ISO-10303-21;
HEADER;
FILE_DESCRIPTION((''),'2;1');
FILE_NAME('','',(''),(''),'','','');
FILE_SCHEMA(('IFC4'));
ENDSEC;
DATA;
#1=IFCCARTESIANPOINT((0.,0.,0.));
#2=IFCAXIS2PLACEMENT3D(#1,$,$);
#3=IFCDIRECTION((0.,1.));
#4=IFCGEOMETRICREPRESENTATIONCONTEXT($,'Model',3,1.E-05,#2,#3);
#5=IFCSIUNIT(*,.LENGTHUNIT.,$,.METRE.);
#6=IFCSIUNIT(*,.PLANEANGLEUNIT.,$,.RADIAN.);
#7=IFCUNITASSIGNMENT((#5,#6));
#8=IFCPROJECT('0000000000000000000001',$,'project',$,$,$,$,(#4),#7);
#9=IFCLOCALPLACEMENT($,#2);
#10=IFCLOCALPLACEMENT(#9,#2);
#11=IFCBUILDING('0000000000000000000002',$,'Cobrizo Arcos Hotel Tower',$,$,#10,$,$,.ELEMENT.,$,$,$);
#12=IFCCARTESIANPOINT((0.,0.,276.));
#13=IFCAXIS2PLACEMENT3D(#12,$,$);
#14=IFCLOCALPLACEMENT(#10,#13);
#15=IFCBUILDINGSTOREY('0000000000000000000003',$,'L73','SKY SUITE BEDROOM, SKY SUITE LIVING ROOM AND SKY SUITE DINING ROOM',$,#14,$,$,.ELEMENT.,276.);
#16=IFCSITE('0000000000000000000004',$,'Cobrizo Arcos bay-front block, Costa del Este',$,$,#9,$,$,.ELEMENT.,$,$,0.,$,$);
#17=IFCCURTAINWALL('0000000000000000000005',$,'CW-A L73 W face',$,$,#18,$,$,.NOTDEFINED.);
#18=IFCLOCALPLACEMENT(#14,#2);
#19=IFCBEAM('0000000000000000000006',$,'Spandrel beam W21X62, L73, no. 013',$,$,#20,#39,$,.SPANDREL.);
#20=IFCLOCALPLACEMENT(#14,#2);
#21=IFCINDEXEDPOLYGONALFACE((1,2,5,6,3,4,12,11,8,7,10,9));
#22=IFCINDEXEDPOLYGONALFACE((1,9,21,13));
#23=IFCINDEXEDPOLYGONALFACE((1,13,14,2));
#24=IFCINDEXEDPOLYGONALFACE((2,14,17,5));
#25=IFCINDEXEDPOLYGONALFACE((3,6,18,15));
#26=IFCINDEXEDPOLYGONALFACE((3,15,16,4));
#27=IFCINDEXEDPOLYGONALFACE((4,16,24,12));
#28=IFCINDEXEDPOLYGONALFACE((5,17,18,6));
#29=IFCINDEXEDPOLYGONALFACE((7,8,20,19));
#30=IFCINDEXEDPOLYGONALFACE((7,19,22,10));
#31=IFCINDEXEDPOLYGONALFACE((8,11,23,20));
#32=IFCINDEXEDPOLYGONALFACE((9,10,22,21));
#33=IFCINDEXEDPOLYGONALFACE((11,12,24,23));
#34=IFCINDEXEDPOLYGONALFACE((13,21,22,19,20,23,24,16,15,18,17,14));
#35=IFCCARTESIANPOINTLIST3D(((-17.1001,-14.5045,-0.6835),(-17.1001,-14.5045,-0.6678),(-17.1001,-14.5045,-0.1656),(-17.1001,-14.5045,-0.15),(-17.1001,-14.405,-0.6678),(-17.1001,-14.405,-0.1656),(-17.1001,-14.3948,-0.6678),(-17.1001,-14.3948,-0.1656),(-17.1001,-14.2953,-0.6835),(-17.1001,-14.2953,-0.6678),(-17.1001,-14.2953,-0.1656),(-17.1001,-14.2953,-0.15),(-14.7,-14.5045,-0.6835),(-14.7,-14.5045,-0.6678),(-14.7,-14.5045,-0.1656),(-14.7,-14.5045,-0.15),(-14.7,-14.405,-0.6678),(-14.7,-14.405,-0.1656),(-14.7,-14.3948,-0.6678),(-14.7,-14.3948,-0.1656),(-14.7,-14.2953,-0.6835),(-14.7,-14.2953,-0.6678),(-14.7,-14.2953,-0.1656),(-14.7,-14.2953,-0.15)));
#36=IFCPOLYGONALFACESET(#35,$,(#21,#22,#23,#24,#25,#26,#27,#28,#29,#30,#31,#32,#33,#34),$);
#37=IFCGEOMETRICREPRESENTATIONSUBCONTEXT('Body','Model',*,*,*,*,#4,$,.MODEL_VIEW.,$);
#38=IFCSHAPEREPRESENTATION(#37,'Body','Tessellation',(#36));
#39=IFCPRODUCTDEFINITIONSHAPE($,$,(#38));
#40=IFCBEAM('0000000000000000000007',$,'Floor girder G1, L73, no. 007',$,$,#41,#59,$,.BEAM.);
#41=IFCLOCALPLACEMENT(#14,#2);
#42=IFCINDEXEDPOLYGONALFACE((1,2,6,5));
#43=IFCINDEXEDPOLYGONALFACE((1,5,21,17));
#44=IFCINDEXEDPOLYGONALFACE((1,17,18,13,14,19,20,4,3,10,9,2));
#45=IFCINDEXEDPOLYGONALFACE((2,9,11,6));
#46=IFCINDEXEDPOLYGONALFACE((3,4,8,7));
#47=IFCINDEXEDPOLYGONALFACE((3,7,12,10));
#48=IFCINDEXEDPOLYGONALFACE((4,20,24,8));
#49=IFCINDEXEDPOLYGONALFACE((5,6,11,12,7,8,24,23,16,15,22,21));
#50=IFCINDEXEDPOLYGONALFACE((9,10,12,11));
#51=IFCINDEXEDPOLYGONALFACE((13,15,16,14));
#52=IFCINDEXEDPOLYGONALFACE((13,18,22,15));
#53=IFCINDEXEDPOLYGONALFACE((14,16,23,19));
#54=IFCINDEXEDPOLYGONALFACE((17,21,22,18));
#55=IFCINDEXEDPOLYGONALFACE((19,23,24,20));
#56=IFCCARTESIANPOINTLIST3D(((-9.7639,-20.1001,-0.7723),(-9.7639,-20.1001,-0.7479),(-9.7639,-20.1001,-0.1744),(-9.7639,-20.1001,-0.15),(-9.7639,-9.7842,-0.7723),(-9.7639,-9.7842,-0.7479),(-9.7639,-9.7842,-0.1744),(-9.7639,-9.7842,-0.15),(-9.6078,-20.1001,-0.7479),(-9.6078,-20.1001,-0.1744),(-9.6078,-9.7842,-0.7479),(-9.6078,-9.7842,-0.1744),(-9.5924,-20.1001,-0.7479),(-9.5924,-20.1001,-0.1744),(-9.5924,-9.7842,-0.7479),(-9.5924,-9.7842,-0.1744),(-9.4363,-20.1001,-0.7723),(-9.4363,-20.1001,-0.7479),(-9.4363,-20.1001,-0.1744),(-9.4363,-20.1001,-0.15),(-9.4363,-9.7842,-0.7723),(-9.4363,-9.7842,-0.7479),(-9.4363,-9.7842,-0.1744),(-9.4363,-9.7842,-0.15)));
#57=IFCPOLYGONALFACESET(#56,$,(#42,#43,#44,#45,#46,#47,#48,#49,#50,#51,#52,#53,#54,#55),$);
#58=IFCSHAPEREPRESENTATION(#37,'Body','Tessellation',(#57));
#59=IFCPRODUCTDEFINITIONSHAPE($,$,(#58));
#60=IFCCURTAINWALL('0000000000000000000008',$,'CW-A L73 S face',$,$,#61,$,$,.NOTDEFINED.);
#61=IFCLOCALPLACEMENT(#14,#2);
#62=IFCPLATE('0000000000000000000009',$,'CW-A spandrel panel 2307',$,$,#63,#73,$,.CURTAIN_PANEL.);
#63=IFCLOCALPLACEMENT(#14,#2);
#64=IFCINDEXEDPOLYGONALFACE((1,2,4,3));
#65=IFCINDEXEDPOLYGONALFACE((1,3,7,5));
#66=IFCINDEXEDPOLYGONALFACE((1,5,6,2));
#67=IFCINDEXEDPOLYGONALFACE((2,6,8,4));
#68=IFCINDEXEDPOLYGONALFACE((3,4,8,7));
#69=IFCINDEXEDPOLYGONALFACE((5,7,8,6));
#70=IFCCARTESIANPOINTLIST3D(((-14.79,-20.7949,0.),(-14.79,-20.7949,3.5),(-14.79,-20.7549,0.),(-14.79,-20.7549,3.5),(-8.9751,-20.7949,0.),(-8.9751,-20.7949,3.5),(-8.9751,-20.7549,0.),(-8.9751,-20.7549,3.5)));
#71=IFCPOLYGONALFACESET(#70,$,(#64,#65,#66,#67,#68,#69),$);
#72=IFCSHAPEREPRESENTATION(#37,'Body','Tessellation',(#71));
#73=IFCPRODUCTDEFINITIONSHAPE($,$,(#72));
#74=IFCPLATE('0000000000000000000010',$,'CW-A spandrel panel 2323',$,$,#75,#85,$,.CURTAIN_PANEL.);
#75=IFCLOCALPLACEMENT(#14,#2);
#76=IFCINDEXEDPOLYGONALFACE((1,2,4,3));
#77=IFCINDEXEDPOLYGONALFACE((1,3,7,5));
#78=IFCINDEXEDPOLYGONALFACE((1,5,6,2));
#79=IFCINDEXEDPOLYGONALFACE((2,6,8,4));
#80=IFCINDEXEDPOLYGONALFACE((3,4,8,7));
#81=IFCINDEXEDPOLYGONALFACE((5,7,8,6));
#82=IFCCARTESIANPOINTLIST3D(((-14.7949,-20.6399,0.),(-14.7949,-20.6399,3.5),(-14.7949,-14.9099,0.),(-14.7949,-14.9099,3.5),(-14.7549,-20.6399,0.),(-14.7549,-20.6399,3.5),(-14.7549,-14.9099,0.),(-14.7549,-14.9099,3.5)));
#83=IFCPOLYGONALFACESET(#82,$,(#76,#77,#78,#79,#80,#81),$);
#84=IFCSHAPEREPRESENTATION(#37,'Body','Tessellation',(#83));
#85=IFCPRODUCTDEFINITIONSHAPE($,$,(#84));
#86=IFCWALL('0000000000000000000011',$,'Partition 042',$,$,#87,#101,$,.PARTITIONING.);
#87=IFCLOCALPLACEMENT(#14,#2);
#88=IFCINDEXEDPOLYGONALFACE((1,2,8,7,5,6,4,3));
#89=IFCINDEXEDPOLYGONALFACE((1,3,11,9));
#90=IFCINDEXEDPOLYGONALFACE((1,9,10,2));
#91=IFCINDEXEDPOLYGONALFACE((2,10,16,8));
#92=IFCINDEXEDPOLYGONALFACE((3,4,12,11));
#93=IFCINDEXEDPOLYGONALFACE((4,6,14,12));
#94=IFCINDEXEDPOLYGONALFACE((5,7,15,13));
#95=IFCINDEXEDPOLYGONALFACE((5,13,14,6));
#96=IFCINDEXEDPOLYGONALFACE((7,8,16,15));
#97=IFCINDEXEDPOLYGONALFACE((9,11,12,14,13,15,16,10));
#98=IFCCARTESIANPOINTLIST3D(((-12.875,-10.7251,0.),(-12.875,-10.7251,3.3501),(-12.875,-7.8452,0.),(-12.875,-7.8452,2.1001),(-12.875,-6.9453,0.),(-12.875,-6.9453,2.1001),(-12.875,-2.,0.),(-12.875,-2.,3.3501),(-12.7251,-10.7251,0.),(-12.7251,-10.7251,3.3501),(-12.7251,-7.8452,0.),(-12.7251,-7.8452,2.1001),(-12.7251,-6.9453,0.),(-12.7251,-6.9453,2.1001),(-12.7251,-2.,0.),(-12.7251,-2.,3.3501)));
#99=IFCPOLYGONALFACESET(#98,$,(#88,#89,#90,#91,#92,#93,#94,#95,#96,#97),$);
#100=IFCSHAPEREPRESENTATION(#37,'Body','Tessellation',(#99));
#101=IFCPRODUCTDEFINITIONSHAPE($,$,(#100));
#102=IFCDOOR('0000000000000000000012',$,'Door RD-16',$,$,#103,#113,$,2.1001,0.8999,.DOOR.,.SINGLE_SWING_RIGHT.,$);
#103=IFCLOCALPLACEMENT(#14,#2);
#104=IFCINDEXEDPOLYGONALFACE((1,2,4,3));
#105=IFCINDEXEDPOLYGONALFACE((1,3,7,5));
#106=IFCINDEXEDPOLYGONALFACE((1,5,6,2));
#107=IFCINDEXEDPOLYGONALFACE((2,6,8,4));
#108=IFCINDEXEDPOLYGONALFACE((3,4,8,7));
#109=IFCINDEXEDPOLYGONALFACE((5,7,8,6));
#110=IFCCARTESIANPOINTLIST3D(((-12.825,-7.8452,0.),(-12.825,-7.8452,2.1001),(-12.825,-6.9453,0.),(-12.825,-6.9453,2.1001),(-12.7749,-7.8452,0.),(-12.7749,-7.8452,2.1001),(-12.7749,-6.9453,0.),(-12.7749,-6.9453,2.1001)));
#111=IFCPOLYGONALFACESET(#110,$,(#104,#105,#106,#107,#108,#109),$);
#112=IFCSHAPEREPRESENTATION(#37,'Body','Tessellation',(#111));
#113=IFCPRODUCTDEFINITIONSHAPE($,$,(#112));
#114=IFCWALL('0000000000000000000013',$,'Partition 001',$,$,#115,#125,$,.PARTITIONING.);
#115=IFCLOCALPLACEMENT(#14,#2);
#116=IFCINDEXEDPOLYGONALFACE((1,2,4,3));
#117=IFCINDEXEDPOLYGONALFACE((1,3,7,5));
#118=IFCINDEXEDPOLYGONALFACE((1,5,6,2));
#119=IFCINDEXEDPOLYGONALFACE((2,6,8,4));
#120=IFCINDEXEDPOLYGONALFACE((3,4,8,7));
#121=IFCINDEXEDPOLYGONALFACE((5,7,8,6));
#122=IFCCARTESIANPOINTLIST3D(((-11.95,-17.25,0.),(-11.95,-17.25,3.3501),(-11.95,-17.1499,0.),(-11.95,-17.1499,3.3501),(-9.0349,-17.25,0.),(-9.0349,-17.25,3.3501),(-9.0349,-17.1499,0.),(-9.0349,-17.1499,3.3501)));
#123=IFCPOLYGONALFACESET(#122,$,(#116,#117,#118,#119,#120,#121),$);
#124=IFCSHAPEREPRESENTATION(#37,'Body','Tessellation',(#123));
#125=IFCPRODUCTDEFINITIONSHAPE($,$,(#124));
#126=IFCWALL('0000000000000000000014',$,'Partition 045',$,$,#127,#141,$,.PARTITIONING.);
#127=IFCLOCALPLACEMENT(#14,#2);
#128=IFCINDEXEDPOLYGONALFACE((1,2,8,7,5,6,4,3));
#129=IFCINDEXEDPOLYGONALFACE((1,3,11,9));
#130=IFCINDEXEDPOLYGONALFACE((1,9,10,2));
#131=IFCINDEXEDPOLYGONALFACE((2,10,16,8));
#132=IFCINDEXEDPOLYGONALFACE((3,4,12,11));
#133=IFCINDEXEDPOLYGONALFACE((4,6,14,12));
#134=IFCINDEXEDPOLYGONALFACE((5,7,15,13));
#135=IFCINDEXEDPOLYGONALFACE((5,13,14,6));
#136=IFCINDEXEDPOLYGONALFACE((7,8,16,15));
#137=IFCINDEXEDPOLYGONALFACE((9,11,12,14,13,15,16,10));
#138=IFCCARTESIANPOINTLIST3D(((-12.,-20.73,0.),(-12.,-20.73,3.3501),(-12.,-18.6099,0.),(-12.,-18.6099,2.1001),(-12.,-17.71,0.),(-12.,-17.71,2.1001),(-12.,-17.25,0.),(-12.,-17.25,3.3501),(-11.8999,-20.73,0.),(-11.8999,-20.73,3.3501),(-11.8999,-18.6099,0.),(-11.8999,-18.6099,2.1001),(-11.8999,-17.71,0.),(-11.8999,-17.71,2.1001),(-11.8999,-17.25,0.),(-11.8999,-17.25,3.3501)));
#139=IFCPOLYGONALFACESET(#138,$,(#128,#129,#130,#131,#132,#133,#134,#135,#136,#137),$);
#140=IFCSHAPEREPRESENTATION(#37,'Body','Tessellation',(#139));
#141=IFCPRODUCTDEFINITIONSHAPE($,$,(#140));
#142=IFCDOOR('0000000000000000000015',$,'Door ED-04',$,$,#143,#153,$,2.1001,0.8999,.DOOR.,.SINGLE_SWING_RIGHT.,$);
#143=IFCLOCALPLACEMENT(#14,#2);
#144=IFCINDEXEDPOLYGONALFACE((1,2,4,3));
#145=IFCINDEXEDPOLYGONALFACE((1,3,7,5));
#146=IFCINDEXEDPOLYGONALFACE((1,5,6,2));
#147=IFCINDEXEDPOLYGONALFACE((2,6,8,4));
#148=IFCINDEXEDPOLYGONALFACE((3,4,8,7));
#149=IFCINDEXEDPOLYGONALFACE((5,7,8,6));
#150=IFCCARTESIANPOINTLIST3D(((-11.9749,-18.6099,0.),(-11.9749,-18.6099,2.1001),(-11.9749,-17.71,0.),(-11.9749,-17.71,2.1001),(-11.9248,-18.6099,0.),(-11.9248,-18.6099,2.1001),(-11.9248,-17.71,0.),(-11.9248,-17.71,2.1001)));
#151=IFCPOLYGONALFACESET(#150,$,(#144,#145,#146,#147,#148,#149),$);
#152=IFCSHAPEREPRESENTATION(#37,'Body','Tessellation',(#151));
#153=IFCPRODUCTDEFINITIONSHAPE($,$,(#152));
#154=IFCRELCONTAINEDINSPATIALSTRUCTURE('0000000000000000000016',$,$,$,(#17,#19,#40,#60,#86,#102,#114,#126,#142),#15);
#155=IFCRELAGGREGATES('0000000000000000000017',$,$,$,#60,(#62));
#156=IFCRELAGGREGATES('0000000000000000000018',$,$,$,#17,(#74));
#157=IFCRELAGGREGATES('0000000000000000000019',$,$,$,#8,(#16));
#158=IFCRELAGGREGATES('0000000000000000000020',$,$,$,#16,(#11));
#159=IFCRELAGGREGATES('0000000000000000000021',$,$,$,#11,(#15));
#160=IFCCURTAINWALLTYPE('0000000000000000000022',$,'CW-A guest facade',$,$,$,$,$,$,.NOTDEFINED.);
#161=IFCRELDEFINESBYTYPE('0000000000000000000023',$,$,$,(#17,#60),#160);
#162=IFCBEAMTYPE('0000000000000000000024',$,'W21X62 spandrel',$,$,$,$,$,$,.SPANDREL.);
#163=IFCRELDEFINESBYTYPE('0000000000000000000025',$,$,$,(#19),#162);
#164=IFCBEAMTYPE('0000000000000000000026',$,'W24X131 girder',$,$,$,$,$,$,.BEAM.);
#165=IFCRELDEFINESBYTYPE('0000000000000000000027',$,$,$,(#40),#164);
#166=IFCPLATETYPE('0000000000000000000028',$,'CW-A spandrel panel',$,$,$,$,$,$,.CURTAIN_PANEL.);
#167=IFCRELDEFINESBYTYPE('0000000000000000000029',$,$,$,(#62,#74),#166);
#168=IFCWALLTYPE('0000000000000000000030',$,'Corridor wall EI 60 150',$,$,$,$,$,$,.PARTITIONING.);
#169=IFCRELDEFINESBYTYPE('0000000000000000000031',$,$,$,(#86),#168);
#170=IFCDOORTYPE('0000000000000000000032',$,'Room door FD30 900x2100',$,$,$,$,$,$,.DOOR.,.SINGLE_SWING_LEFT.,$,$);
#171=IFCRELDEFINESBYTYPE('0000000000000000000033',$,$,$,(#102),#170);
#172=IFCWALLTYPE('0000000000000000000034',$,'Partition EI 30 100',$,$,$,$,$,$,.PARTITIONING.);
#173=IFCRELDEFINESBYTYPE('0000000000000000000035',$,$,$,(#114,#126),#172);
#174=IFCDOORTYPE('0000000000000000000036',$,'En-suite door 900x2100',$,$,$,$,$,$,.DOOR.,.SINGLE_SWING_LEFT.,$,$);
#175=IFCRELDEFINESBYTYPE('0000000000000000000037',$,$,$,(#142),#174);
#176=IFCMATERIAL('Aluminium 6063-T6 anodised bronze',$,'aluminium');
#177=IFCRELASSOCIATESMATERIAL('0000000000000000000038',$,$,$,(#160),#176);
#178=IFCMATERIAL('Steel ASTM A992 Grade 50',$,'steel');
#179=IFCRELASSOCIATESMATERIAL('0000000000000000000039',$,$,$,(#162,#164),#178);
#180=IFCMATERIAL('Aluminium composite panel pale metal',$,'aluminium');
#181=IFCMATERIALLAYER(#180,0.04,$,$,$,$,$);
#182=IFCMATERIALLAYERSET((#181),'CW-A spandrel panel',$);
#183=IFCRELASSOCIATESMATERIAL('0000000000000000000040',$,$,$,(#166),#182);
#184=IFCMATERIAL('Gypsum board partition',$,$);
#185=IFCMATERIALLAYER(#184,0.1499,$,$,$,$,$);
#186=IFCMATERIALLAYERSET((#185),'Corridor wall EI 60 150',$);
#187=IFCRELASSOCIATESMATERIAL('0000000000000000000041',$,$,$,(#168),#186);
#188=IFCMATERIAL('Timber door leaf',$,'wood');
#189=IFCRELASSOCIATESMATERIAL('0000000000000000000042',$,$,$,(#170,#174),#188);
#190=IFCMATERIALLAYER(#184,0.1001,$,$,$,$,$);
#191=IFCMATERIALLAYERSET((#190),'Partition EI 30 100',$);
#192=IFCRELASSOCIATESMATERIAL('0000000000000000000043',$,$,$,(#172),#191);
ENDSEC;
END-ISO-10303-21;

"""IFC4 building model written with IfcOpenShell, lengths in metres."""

from ifc_helpers import new_model, si_unit, direction, frame, frame_2d, origin, origin_2d, place, context, subcontext, project, spatial, rectangle, i_section, extrude, material, layer, layer_set, material_profile, profile_set, type_object, element, fill, aggregate, save


model = new_model("IFC4")

# Units and contexts
model_context = context("Model", 3, precision=1e-05, world=origin(), true_north=direction((0.0, 1.0)))
body_context = subcontext(model_context, "Body", "Model", "MODEL_VIEW")
ifc_project = project(units=[si_unit("LENGTHUNIT", "METRE"), si_unit("PLANEANGLEUNIT", "RADIAN")], contexts=[model_context])

# Site, building, storey
site_placement = place(None, origin())
site = spatial("IfcSite", under=ifc_project, at=site_placement, Name="Cobrizo Arcos bay-front block, Costa del Este", CompositionType="ELEMENT", RefElevation=0.0)
building_placement = place(site_placement, origin())
building = spatial("IfcBuilding", under=site, at=building_placement, Name="Cobrizo Arcos Hotel Tower", CompositionType="ELEMENT")
storey_placement = place(building_placement, frame((0.0, 0.0, 276.0)))
storey = spatial("IfcBuildingStorey", under=building, at=storey_placement, Name="L73", Description="SKY SUITE BEDROOM, SKY SUITE LIVING ROOM AND SKY SUITE DINING ROOM", CompositionType="ELEMENT", Elevation=276.0)

# Shared definitions
ifc_material_1 = material(Name="Aluminium 6063-T6 anodised bronze", Category="aluminium")
curtain_wall_type = type_object("IfcCurtainWallType", Name="CW-A guest facade", PredefinedType="NOTDEFINED", material=ifc_material_1)

# Curtain wall
curtain_wall_1_placement = place(storey_placement, origin())
curtain_wall_1 = element("IfcCurtainWall", 1, at=curtain_wall_1_placement, inside=storey, type_object=curtain_wall_type, Name="CW-A L73 W face", PredefinedType="NOTDEFINED")

# Beams
ifc_material_2 = material(Name="Steel ASTM A992 Grade 50", Category="steel")
ifc_material_profile_1 = material_profile(ifc_material_2, i_section(OverallWidth=0.2092, OverallDepth=0.5334, WebThickness=0.0103, FlangeThickness=0.0156, at=origin_2d()), Name="W21X62")
ifc_profile_set_1 = profile_set([ifc_material_profile_1], Name="Steel ASTM A992 Grade 50")
beam_type_1 = type_object("IfcBeamType", Name="W21X62 spandrel", PredefinedType="SPANDREL", material=ifc_profile_set_1)
for number, where, z_axis, x_axis, name in (
    (2, (-14.7, -14.3999, -0.4167), (-1.0, 0.0, 0.0), (0.0, -1.0, 0.0), "Spandrel beam W21X62, L73, no. 013"),
):
    element("IfcBeam", number, at=place(storey_placement, frame(where, z_axis=z_axis, x_axis=x_axis)), inside=storey, type_object=beam_type_1, Name=name, PredefinedType="SPANDREL", context=body_context, shape_type="SweptSolid", body=[
        extrude(i_section(OverallWidth=0.2092, OverallDepth=0.5334, WebThickness=0.0103, FlangeThickness=0.0156, at=origin_2d()), origin(), (0.0, 0.0, 1.0), 2.4001),
    ])
ifc_material_profile_2 = material_profile(ifc_material_2, i_section(OverallWidth=0.3276, OverallDepth=0.6223, WebThickness=0.0154, FlangeThickness=0.0244, at=origin_2d()), Name="W24X131")
ifc_profile_set_2 = profile_set([ifc_material_profile_2], Name="Steel ASTM A992 Grade 50")
beam_type_2 = type_object("IfcBeamType", Name="W24X131 girder", PredefinedType="BEAM", material=ifc_profile_set_2)
beam_1_placement = place(storey_placement, frame((-9.6001, -20.1001, -0.4612), z_axis=(0.0, 1.0, 0.0), x_axis=(-1.0, 0.0, 0.0)))
element("IfcBeam", 3, at=beam_1_placement, inside=storey, type_object=beam_type_2, Name="Floor girder G1, L73, no. 007", PredefinedType="BEAM", context=body_context, shape_type="SweptSolid", body=[
    extrude(i_section(OverallWidth=0.3276, OverallDepth=0.6223, WebThickness=0.0154, FlangeThickness=0.0244, at=origin_2d()), origin(), (0.0, 0.0, 1.0), 10.3159),
])

# Curtain wall, plate
curtain_wall_2_placement = place(storey_placement, origin())
curtain_wall_2 = element("IfcCurtainWall", 4, at=curtain_wall_2_placement, inside=storey, type_object=curtain_wall_type, Name="CW-A L73 S face", PredefinedType="NOTDEFINED")
ifc_material_3 = material(Name="Aluminium composite panel pale metal", Category="aluminium")
ifc_layer_1 = layer(ifc_material_3, 0.04)
ifc_layer_set_1 = layer_set([ifc_layer_1], Name="CW-A spandrel panel")
plate_type = type_object("IfcPlateType", Name="CW-A spandrel panel", PredefinedType="CURTAIN_PANEL", material=ifc_layer_set_1)
plate_1_placement = place(storey_placement, frame((-11.8826, -20.7749, 0.0), z_axis=(0.0, 0.0, 1.0), x_axis=(1.0, 0.0, 0.0)))
plate_1 = element("IfcPlate", 5, at=plate_1_placement, type_object=plate_type, Name="CW-A spandrel panel 2307", PredefinedType="CURTAIN_PANEL", context=body_context, shape_type="SweptSolid", body=[
    extrude(rectangle(XDim=5.8149, YDim=0.04, at=origin_2d()), origin(), (0.0, 0.0, 1.0), 3.5),
])
aggregate(curtain_wall_2, [plate_1])

# Plate
plate_2_placement = place(storey_placement, frame((-14.7749, -17.7749, 0.0), z_axis=(0.0, 0.0, 1.0), x_axis=(0.0, -1.0, 0.0)))
plate_2 = element("IfcPlate", 6, at=plate_2_placement, type_object=plate_type, Name="CW-A spandrel panel 2323", PredefinedType="CURTAIN_PANEL", context=body_context, shape_type="SweptSolid", body=[
    extrude(rectangle(XDim=5.73, YDim=0.04, at=origin_2d()), origin(), (0.0, 0.0, 1.0), 3.5),
])
aggregate(curtain_wall_1, [plate_2])

# Wall, opening, door
ifc_material_4 = material(Name="Gypsum board partition")
ifc_layer_2 = layer(ifc_material_4, 0.1499)
ifc_layer_set_2 = layer_set([ifc_layer_2], Name="Corridor wall EI 60 150")
wall_type_1 = type_object("IfcWallType", Name="Corridor wall EI 60 150", PredefinedType="PARTITIONING", material=ifc_layer_set_2)
wall_1_placement = place(storey_placement, frame((-12.8, -10.7251, 0.0), z_axis=(0.0, 0.0, 1.0), x_axis=(0.0, 1.0, 0.0)))
wall_1 = element("IfcWall", 7, at=wall_1_placement, inside=storey, type_object=wall_type_1, Name="Partition 042", PredefinedType="PARTITIONING", context=body_context, shape_type="SweptSolid", body=[
    extrude(rectangle(XDim=8.7251, YDim=0.1499, at=frame_2d((4.3625, 0.0))), origin(), (0.0, 0.0, 1.0), 3.3501),
])
opening_1_placement = place(wall_1_placement, frame((2.8799, 0.0, 0.0)))
opening_1 = element("IfcOpeningElement", 8, at=opening_1_placement, cuts=wall_1, PredefinedType="OPENING", context=body_context, shape_type="SweptSolid", body=[
    extrude(rectangle(XDim=0.8999, YDim=2.1001, at=frame_2d((0.45, 1.05))), frame((0.0, 0.0869, 0.0), z_axis=(0.0, -1.0, 0.0), x_axis=(1.0, 0.0, 0.0)), (0.0, 0.0, 1.0), 0.1738),
])
ifc_material_5 = material(Name="Timber door leaf", Category="wood")
door_type_1 = type_object("IfcDoorType", Name="Room door FD30 900x2100", OperationType="SINGLE_SWING_LEFT", PredefinedType="DOOR", material=ifc_material_5)
door_1_placement = place(opening_1_placement, origin())
door_1 = element("IfcDoor", 9, at=door_1_placement, inside=storey, type_object=door_type_1, Name="Door RD-16", OperationType="SINGLE_SWING_RIGHT", OverallHeight=2.1001, OverallWidth=0.8999, PredefinedType="DOOR", context=body_context, shape_type="SweptSolid", body=[
    extrude(rectangle(XDim=0.8999, YDim=2.1001, at=frame_2d((0.45, 1.05))), frame((0.0, 0.0249, 0.0), z_axis=(0.0, -1.0, 0.0), x_axis=(1.0, 0.0, 0.0)), (0.0, 0.0, 1.0), 0.05),
])
fill(opening_1, door_1)

# Wall
ifc_layer_3 = layer(ifc_material_4, 0.1001)
ifc_layer_set_3 = layer_set([ifc_layer_3], Name="Partition EI 30 100")
wall_type_2 = type_object("IfcWallType", Name="Partition EI 30 100", PredefinedType="PARTITIONING", material=ifc_layer_set_3)
wall_2_placement = place(storey_placement, frame((-11.95, -17.2, 0.0), z_axis=(0.0, 0.0, 1.0), x_axis=(1.0, 0.0, 0.0)))
element("IfcWall", 10, at=wall_2_placement, inside=storey, type_object=wall_type_2, Name="Partition 001", PredefinedType="PARTITIONING", context=body_context, shape_type="SweptSolid", body=[
    extrude(rectangle(XDim=2.915, YDim=0.1001, at=frame_2d((1.4575, 0.0))), origin(), (0.0, 0.0, 1.0), 3.3501),
])

# Wall, opening, door
wall_3_placement = place(storey_placement, frame((-11.95, -20.73, 0.0), z_axis=(0.0, 0.0, 1.0), x_axis=(0.0, 1.0, 0.0)))
wall_3 = element("IfcWall", 11, at=wall_3_placement, inside=storey, type_object=wall_type_2, Name="Partition 045", PredefinedType="PARTITIONING", context=body_context, shape_type="SweptSolid", body=[
    extrude(rectangle(XDim=3.48, YDim=0.1001, at=frame_2d((1.74, 0.0))), origin(), (0.0, 0.0, 1.0), 3.3501),
])
opening_2_placement = place(wall_3_placement, frame((2.1201, 0.0, 0.0)))
opening_2 = element("IfcOpeningElement", 12, at=opening_2_placement, cuts=wall_3, PredefinedType="OPENING", context=body_context, shape_type="SweptSolid", body=[
    extrude(rectangle(XDim=0.8999, YDim=2.1001, at=frame_2d((0.45, 1.05))), frame((0.0, 0.062, 0.0), z_axis=(0.0, -1.0, 0.0), x_axis=(1.0, 0.0, 0.0)), (0.0, 0.0, 1.0), 0.124),
])
door_type_2 = type_object("IfcDoorType", Name="En-suite door 900x2100", OperationType="SINGLE_SWING_LEFT", PredefinedType="DOOR", material=ifc_material_5)
door_2_placement = place(opening_2_placement, origin())
door_2 = element("IfcDoor", 13, at=door_2_placement, inside=storey, type_object=door_type_2, Name="Door ED-04", OperationType="SINGLE_SWING_RIGHT", OverallHeight=2.1001, OverallWidth=0.8999, PredefinedType="DOOR", context=body_context, shape_type="SweptSolid", body=[
    extrude(rectangle(XDim=0.8999, YDim=2.1001, at=frame_2d((0.45, 1.05))), frame((0.0, 0.0249, 0.0), z_axis=(0.0, -1.0, 0.0), x_axis=(1.0, 0.0, 0.0)), (0.0, 0.0, 1.0), 0.05),
])
fill(opening_2, door_2)

save(model, "model.ifc")
